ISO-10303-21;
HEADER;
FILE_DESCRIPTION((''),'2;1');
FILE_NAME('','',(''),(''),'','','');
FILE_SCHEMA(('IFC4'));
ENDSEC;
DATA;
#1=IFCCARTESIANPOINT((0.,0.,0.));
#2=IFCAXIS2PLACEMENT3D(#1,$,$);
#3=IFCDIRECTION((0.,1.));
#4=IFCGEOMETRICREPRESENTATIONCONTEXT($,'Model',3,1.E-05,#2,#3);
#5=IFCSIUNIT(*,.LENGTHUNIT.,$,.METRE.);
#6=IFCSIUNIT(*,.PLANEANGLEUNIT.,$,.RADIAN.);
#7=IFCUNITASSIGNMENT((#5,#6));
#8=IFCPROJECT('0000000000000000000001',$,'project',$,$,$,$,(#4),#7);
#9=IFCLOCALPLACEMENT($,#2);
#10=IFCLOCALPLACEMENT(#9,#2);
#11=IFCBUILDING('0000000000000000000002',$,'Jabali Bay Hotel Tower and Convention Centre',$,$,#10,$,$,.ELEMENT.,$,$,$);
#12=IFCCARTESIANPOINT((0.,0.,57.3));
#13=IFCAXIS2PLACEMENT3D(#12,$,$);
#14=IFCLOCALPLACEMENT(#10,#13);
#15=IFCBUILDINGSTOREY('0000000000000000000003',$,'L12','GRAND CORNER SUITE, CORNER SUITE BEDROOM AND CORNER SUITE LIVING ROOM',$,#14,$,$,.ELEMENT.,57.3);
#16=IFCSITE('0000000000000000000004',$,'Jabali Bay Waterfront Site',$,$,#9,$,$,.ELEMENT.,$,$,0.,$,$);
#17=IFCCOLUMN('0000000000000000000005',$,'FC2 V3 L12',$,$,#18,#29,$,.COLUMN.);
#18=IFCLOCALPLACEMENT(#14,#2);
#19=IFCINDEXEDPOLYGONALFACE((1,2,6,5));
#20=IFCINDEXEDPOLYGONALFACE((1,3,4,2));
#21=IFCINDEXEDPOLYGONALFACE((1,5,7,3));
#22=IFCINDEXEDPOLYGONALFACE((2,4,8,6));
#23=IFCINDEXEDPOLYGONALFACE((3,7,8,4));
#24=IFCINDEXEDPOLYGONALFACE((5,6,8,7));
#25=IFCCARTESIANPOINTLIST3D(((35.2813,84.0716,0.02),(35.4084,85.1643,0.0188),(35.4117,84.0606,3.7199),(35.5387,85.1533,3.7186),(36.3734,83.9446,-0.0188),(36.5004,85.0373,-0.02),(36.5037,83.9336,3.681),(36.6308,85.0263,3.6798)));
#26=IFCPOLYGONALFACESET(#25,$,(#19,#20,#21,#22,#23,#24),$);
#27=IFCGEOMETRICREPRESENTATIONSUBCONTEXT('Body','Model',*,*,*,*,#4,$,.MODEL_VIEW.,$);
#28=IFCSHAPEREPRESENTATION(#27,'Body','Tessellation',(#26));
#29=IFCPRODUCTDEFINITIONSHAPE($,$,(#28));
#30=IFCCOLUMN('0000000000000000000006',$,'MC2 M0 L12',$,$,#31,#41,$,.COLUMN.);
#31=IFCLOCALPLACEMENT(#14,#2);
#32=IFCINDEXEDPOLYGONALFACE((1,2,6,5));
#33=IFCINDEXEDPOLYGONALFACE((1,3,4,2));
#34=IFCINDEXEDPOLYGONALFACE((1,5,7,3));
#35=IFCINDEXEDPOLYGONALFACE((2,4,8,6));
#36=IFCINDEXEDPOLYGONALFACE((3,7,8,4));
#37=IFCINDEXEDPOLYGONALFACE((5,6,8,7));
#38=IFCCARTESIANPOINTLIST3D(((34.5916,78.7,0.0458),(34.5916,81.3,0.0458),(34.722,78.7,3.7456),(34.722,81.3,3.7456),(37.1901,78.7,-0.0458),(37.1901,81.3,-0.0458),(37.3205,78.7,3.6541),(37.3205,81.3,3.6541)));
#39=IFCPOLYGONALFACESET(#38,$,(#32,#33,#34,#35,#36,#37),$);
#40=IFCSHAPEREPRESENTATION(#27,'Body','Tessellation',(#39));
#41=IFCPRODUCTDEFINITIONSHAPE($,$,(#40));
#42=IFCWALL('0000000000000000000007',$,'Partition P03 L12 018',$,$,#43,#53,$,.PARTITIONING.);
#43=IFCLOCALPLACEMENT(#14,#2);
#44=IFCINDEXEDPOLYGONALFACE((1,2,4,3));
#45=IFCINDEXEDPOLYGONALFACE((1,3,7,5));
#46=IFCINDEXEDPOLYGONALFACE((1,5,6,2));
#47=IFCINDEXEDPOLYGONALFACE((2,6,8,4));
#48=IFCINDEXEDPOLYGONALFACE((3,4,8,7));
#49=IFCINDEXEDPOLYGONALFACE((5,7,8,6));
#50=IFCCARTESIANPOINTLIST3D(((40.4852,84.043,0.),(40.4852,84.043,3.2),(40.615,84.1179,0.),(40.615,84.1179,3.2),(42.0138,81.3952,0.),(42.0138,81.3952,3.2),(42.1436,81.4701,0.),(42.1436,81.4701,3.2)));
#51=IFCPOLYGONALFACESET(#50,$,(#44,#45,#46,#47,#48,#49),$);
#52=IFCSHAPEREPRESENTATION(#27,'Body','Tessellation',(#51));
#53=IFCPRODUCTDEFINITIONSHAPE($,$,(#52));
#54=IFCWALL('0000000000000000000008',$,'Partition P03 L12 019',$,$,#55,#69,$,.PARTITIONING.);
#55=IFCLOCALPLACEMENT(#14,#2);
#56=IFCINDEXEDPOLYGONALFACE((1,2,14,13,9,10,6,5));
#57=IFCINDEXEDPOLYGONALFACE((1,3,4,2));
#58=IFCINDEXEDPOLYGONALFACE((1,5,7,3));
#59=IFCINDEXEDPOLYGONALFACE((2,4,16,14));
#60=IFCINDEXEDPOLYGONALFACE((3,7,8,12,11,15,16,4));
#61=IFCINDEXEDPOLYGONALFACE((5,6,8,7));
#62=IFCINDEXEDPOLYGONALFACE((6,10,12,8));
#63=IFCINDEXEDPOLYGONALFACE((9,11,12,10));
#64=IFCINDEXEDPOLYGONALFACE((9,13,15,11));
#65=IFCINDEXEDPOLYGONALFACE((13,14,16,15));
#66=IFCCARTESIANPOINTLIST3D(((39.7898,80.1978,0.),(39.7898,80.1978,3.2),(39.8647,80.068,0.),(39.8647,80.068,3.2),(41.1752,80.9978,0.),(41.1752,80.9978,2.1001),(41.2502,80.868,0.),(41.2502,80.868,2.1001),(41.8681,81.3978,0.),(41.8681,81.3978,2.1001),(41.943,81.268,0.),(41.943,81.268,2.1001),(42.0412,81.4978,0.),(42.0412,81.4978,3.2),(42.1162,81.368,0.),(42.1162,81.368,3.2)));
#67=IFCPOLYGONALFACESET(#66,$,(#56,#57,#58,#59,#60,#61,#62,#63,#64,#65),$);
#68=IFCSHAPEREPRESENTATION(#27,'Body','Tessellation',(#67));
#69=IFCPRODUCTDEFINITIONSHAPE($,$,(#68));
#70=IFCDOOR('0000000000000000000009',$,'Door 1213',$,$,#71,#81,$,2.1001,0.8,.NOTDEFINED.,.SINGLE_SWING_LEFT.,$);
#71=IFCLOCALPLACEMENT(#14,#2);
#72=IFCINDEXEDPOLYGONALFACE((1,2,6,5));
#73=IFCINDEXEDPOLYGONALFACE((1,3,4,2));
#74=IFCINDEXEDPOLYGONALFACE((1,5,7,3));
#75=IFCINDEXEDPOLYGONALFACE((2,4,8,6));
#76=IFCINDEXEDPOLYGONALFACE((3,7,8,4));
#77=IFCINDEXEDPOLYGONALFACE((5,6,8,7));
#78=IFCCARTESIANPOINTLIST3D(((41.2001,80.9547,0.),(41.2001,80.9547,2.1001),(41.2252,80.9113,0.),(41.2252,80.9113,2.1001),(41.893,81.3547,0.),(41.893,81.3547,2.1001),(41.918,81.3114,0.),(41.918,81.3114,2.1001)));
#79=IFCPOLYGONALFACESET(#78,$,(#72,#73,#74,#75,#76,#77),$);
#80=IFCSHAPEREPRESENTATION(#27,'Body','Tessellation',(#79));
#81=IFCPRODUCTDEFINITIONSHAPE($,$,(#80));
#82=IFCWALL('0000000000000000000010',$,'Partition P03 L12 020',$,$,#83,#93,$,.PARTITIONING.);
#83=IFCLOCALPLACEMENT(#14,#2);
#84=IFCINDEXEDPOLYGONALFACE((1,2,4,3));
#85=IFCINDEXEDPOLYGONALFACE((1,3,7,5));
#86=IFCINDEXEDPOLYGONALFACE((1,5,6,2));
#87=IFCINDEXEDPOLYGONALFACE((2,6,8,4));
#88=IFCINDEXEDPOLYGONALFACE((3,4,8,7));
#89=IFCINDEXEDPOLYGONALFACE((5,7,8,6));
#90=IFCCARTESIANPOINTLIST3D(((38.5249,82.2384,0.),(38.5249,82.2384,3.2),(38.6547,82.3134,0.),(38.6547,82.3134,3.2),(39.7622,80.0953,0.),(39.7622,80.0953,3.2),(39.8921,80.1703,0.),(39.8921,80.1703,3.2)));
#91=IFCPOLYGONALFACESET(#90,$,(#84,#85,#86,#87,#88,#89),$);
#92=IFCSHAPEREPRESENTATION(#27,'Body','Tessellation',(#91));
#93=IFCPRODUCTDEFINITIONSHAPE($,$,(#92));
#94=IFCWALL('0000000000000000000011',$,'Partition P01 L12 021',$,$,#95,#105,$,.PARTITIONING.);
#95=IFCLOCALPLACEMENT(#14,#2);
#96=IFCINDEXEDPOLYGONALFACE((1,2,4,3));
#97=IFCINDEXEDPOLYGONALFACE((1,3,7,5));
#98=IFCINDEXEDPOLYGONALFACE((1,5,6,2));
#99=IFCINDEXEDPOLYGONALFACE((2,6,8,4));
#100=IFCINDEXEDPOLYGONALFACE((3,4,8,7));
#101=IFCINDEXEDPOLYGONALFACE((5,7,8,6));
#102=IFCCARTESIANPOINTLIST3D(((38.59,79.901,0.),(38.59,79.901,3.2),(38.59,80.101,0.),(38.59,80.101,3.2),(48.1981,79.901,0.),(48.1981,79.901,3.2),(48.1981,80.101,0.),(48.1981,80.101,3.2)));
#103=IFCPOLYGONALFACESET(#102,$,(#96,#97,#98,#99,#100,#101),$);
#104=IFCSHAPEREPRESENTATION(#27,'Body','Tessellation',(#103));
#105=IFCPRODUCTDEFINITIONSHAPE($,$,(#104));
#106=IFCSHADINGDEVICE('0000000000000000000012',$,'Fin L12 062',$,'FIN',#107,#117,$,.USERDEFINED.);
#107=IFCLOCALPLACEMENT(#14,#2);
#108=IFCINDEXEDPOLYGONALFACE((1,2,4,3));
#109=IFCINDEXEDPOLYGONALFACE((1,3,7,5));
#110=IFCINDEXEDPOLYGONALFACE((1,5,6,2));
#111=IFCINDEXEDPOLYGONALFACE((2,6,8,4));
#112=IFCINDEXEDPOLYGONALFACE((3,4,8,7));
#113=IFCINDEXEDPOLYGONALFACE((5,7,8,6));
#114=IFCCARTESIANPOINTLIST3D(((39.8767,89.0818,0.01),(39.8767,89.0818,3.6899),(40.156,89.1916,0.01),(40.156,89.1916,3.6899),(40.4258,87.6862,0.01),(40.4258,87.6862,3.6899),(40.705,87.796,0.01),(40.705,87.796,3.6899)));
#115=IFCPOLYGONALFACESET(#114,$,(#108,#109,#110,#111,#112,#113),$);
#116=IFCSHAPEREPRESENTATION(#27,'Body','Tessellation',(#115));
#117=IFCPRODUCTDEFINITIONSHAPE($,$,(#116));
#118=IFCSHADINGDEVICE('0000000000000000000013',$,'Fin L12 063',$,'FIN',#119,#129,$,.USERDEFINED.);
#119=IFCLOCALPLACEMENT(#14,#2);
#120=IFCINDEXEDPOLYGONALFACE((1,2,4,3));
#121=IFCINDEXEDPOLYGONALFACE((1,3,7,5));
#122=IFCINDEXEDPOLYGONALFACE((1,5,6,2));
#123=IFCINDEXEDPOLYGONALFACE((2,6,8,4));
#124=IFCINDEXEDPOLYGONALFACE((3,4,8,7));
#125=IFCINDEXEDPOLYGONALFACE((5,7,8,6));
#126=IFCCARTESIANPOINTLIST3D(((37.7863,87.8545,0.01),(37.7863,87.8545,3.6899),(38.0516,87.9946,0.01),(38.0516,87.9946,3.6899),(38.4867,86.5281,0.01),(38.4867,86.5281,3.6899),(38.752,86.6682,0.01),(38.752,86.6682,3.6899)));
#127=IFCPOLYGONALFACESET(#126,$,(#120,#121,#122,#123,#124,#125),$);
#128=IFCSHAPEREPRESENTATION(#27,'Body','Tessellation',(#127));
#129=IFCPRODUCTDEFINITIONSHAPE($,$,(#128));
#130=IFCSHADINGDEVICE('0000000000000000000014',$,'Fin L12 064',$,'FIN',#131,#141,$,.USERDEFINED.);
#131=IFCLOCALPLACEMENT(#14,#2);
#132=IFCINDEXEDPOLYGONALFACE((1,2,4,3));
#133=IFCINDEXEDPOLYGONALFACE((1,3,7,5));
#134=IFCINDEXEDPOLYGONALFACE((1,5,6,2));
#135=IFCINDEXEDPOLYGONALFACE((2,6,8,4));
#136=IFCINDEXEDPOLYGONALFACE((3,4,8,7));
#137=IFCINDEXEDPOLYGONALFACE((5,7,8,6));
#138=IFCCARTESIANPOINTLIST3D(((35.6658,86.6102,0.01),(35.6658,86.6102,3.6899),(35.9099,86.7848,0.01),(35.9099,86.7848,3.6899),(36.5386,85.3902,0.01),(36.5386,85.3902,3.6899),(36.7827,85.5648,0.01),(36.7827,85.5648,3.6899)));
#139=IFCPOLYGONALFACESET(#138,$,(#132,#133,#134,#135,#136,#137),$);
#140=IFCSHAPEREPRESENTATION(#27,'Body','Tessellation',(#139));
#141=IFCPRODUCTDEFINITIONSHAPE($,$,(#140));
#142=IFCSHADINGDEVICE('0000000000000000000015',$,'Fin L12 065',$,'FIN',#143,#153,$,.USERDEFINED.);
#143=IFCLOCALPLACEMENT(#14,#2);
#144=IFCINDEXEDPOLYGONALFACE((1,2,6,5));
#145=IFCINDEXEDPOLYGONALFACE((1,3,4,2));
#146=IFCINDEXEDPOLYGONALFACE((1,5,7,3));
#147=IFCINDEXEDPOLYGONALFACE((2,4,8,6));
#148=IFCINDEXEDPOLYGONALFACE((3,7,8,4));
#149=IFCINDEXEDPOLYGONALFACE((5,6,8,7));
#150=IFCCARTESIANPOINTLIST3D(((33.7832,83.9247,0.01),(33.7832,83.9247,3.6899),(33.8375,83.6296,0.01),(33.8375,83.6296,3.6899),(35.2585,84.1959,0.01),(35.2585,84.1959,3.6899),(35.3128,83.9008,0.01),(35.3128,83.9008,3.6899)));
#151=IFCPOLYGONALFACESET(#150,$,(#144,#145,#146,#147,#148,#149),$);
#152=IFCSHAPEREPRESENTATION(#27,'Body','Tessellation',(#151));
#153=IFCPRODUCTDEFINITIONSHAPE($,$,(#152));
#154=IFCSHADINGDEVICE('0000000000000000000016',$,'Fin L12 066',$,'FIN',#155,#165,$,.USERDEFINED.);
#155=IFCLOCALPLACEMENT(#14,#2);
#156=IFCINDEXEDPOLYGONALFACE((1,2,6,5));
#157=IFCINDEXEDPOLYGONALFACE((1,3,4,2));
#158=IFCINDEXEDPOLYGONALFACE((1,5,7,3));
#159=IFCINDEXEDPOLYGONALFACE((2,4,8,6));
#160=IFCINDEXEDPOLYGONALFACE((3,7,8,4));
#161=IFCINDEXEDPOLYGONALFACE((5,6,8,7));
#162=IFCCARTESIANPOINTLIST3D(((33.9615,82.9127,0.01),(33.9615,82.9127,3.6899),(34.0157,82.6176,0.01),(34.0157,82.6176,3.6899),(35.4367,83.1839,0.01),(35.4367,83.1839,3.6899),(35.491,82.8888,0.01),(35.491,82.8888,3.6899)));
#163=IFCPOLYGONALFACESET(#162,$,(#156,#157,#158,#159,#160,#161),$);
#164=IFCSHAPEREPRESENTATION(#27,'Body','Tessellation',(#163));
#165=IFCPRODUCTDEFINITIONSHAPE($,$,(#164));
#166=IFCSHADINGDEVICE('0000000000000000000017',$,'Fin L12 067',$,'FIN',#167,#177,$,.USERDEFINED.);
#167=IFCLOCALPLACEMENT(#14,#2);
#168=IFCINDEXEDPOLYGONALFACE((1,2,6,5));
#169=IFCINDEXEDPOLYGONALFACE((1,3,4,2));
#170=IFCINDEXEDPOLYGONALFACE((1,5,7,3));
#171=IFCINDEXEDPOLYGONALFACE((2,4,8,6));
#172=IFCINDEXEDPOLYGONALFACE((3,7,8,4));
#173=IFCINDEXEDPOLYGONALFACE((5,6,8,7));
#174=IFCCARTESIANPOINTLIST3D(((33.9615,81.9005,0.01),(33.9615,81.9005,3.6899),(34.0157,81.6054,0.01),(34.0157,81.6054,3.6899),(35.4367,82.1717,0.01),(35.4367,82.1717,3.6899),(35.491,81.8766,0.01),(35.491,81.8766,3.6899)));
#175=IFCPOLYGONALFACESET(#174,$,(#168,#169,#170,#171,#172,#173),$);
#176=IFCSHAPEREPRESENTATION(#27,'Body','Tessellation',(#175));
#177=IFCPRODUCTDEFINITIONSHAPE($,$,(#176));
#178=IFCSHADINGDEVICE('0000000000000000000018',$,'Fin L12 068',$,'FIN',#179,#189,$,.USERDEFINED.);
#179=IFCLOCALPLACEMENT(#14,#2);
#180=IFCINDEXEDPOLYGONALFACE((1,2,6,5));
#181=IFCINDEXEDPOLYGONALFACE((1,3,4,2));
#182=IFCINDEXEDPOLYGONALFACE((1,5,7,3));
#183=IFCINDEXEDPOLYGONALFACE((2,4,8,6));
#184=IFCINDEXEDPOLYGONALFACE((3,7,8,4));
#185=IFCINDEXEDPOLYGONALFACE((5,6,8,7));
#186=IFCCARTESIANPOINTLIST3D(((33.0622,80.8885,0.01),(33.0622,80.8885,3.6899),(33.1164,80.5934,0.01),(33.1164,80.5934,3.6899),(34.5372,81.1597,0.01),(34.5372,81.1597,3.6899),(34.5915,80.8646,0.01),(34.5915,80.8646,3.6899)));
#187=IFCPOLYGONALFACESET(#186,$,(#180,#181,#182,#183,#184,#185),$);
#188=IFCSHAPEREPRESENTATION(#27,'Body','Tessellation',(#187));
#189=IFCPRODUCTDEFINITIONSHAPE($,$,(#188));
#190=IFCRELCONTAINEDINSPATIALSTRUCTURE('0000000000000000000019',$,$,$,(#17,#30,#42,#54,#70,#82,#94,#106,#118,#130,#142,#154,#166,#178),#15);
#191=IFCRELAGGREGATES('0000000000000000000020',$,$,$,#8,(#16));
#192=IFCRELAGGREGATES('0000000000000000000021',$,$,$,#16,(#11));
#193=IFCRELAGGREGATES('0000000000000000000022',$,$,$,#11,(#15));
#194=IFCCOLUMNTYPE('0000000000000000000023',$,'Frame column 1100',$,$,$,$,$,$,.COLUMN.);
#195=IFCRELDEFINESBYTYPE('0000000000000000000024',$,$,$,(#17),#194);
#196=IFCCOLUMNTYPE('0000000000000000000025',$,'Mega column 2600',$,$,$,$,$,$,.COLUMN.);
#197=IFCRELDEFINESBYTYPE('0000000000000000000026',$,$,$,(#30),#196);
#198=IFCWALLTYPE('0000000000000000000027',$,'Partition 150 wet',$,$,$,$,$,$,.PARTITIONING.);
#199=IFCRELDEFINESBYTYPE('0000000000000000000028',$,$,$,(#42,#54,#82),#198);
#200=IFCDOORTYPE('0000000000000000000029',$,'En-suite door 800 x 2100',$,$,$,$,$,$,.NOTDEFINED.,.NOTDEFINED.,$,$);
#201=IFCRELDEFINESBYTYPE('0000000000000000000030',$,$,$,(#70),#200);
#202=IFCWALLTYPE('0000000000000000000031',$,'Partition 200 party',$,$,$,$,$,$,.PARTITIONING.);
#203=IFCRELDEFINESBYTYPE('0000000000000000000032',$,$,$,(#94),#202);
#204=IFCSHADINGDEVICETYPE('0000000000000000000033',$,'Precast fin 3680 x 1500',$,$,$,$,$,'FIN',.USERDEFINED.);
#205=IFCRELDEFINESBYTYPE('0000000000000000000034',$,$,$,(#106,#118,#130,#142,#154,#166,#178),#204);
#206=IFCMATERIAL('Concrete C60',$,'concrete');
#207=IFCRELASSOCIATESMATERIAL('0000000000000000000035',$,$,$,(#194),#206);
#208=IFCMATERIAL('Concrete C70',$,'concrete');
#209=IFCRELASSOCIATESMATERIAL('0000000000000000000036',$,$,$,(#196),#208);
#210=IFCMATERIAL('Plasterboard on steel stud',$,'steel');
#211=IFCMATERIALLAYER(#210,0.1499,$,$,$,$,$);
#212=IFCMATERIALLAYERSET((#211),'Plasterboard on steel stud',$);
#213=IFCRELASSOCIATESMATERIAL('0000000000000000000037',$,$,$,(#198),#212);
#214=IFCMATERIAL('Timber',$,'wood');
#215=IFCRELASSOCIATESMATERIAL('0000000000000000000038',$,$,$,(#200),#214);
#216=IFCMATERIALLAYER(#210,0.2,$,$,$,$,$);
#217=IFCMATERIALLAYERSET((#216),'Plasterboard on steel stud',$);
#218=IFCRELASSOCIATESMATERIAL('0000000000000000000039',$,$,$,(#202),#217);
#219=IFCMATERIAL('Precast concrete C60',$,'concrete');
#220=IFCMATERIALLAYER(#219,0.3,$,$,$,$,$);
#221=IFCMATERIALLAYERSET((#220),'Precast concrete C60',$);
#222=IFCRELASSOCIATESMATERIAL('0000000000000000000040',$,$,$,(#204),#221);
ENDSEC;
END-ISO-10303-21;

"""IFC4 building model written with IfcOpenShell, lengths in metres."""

from ifc_helpers import new_model, si_unit, direction, frame, frame_2d, origin, origin_2d, place, context, subcontext, project, spatial, rectangle, extrude, material, layer, layer_set, material_profile, profile_set, type_object, element, fill, save


model = new_model("IFC4")

# Units and contexts
model_context = context("Model", 3, precision=1e-05, world=origin(), true_north=direction((0.0, 1.0)))
body_context = subcontext(model_context, "Body", "Model", "MODEL_VIEW")
ifc_project = project(units=[si_unit("LENGTHUNIT", "METRE"), si_unit("PLANEANGLEUNIT", "RADIAN")], contexts=[model_context])

# Site, building, storey
site_placement = place(None, origin())
site = spatial("IfcSite", under=ifc_project, at=site_placement, Name="Jabali Bay Waterfront Site", CompositionType="ELEMENT", RefElevation=0.0)
building_placement = place(site_placement, origin())
building = spatial("IfcBuilding", under=site, at=building_placement, Name="Jabali Bay Hotel Tower and Convention Centre", CompositionType="ELEMENT")
storey_placement = place(building_placement, frame((0.0, 0.0, 57.3)))
storey = spatial("IfcBuildingStorey", under=building, at=storey_placement, Name="L12", Description="GRAND CORNER SUITE, CORNER SUITE BEDROOM AND CORNER SUITE LIVING ROOM", CompositionType="ELEMENT", Elevation=57.3)

# Columns
ifc_material_1 = material(Name="Concrete C60", Category="concrete")
ifc_material_profile_1 = material_profile(ifc_material_1, rectangle(XDim=1.1001, YDim=1.1001, at=origin_2d()), Name="Frame column 1100")
ifc_profile_set_1 = profile_set([ifc_material_profile_1], Name="Concrete C60")
column_type_1 = type_object("IfcColumnType", Name="Frame column 1100", PredefinedType="COLUMN", material=ifc_profile_set_1)
column_1_placement = place(storey_placement, frame((35.8909, 84.5544, 0.0), z_axis=(0.035214, -0.002967, 0.999375), x_axis=(-0.992684, 0.115458, 0.035321)))
element("IfcColumn", 1, at=column_1_placement, inside=storey, type_object=column_type_1, Name="FC2 V3 L12", PredefinedType="COLUMN", context=body_context, shape_type="SweptSolid", body=[
    extrude(rectangle(XDim=1.1001, YDim=1.1001, at=origin_2d()), origin(), (0.0, 0.0, 1.0), 3.7021),
])
ifc_material_2 = material(Name="Concrete C70", Category="concrete")
ifc_material_profile_2 = material_profile(ifc_material_2, rectangle(XDim=2.6001, YDim=2.6001, at=origin_2d()), Name="Mega column 2600")
ifc_profile_set_2 = profile_set([ifc_material_profile_2], Name="Concrete C70")
column_type_2 = type_object("IfcColumnType", Name="Mega column 2600", PredefinedType="COLUMN", material=ifc_profile_set_2)
column_2_placement = place(storey_placement, frame((35.8909, 80.0, 0.0), z_axis=(0.035214, 0.0, 0.99938), x_axis=(0.0, 1.0, 0.0)))
element("IfcColumn", 2, at=column_2_placement, inside=storey, type_object=column_type_2, Name="MC2 M0 L12", PredefinedType="COLUMN", context=body_context, shape_type="SweptSolid", body=[
    extrude(rectangle(XDim=2.6001, YDim=2.6001, at=origin_2d()), origin(), (0.0, 0.0, 1.0), 3.7021),
])

# Wall
ifc_material_3 = material(Name="Plasterboard on steel stud", Category="steel")
ifc_layer_1 = layer(ifc_material_3, 0.1499)
ifc_layer_set_1 = layer_set([ifc_layer_1], Name="Plasterboard on steel stud")
wall_type_1 = type_object("IfcWallType", Name="Partition 150 wet", PredefinedType="PARTITIONING", material=ifc_layer_set_1)
wall_1_placement = place(storey_placement, frame((40.55, 84.0806, 0.0), z_axis=(0.0, 0.0, 1.0), x_axis=(0.499978, -0.866038, 0.0)))
element("IfcWall", 3, at=wall_1_placement, inside=storey, type_object=wall_type_1, Name="Partition P03 L12 018", PredefinedType="PARTITIONING", context=body_context, shape_type="SweptSolid", body=[
    extrude(rectangle(XDim=3.0574, YDim=0.1499, at=frame_2d((1.5288, 0.0))), origin(), (0.0, 0.0, 1.0), 3.2),
])

# Wall, opening, door
wall_2_placement = place(storey_placement, frame((42.0786, 81.4329, 0.0), z_axis=(0.0, 0.0, 1.0), x_axis=(-0.865998, -0.500048, 0.0)))
wall_2 = element("IfcWall", 4, at=wall_2_placement, inside=storey, type_object=wall_type_1, Name="Partition P03 L12 019", PredefinedType="PARTITIONING", context=body_context, shape_type="SweptSolid", body=[
    extrude(rectangle(XDim=2.5999, YDim=0.1499, at=frame_2d((1.2998, 0.0))), origin(), (0.0, 0.0, 1.0), 3.2),
])
opening_1_placement = place(wall_2_placement, frame((0.2, 0.0, 0.0)))
opening_1 = element("IfcOpeningElement", 5, at=opening_1_placement, cuts=wall_2, PredefinedType="OPENING", context=body_context, shape_type="SweptSolid", body=[
    extrude(rectangle(XDim=0.8, YDim=2.1001, at=frame_2d((0.3999, 1.05))), frame((0.0, 0.0854, 0.0), z_axis=(0.0, -1.0, 0.0), x_axis=(1.0, 0.0, 0.0)), (0.0, 0.0, 1.0), 0.1709),
])
ifc_material_4 = material(Name="Timber", Category="wood")
door_type_1 = type_object("IfcDoorType", Name="En-suite door 800 x 2100", OperationType="NOTDEFINED", PredefinedType="NOTDEFINED", material=ifc_material_4)
door_1_placement = place(opening_1_placement, origin())
door_1 = element("IfcDoor", 6, at=door_1_placement, inside=storey, type_object=door_type_1, Name="Door 1213", OperationType="SINGLE_SWING_LEFT", OverallHeight=2.1001, OverallWidth=0.8, PredefinedType="NOTDEFINED", context=body_context, shape_type="SweptSolid", body=[
    extrude(rectangle(XDim=0.8, YDim=2.1001, at=frame_2d((0.3999, 1.05))), frame((0.0, 0.0249, 0.0), z_axis=(0.0, -1.0, 0.0), x_axis=(1.0, 0.0, 0.0)), (0.0, 0.0, 1.0), 0.05),
])
fill(opening_1, door_1)

# Walls
wall_3_placement = place(storey_placement, frame((39.8271, 80.1328, 0.0), z_axis=(0.0, 0.0, 1.0), x_axis=(-0.500001, 0.866025, 0.0)))
element("IfcWall", 7, at=wall_3_placement, inside=storey, type_object=wall_type_1, Name="Partition P03 L12 020", PredefinedType="PARTITIONING", context=body_context, shape_type="SweptSolid", body=[
    extrude(rectangle(XDim=2.4746, YDim=0.1499, at=frame_2d((1.2373, 0.0))), origin(), (0.0, 0.0, 1.0), 3.2),
])
ifc_layer_2 = layer(ifc_material_3, 0.2)
ifc_layer_set_2 = layer_set([ifc_layer_2], Name="Plasterboard on steel stud")
wall_type_2 = type_object("IfcWallType", Name="Partition 200 party", PredefinedType="PARTITIONING", material=ifc_layer_set_2)
wall_4_placement = place(storey_placement, frame((38.5898, 80.001, 0.0), z_axis=(0.0, 0.0, 1.0), x_axis=(1.0, 0.0, 0.0)))
element("IfcWall", 8, at=wall_4_placement, inside=storey, type_object=wall_type_2, Name="Partition P01 L12 021", PredefinedType="PARTITIONING", context=body_context, shape_type="SweptSolid", body=[
    extrude(rectangle(XDim=9.6082, YDim=0.2, at=frame_2d((4.8042, 0.0))), origin(), (0.0, 0.0, 1.0), 3.2),
])

# Shading devices
ifc_material_5 = material(Name="Precast concrete C60", Category="concrete")
ifc_layer_3 = layer(ifc_material_5, 0.3)
ifc_layer_set_3 = layer_set([ifc_layer_3], Name="Precast concrete C60")
shading_device_type = type_object("IfcShadingDeviceType", Name="Precast fin 3680 x 1500", ElementType="FIN", PredefinedType="USERDEFINED", material=ifc_layer_set_3)
shading_device_placement = place(storey_placement, frame((40.5654, 87.741, 0.01), z_axis=(0.0, 0.0, 1.0), x_axis=(-0.36608, 0.930583, 0.0)))
element("IfcShadingDevice", 9, at=shading_device_placement, inside=storey, type_object=shading_device_type, Name="Fin L12 062", ObjectType="FIN", PredefinedType="USERDEFINED", context=body_context, shape_type="SweptSolid", body=[
    extrude(rectangle(XDim=1.4998, YDim=0.3, at=frame_2d((0.75, 0.0))), origin(), (0.0, 0.0, 1.0), 3.6799),
])
for number, where, z_axis, x_axis, name in (
    (10, (38.6194, 86.5981, 0.01), (0.0, 0.0, 1.0), (-0.46696, 0.884278, 0.0), "Fin L12 063"),
    (11, (36.6606, 85.4775, 0.01), (0.0, 0.0, 1.0), (-0.581854, 0.813293, 0.0), "Fin L12 064"),
    (12, (35.2856, 84.0483, 0.01), (0.0, 0.0, 1.0), (-0.983516, -0.180819, 0.0), "Fin L12 065"),
    (13, (35.4639, 83.0364, 0.01), (0.0, 0.0, 1.0), (-0.983516, -0.180819, 0.0), "Fin L12 066"),
    (14, (35.4639, 82.0242, 0.01), (0.0, 0.0, 1.0), (-0.983516, -0.180819, 0.0), "Fin L12 067"),
):
    element("IfcShadingDevice", number, at=place(storey_placement, frame(where, z_axis=z_axis, x_axis=x_axis)), inside=storey, type_object=shading_device_type, Name=name, ObjectType="FIN", PredefinedType="USERDEFINED", context=body_context, shape_type="SweptSolid", body=[
        extrude(rectangle(XDim=1.5, YDim=0.3, at=frame_2d((0.75, 0.0))), origin(), (0.0, 0.0, 1.0), 3.6799),
    ])
for number, where, z_axis, x_axis, name in (
    (15, (34.5645, 81.0122, 0.01), (0.0, 0.0, 1.0), (-0.983511, -0.180848, 0.0), "Fin L12 068"),
):
    element("IfcShadingDevice", number, at=place(storey_placement, frame(where, z_axis=z_axis, x_axis=x_axis)), inside=storey, type_object=shading_device_type, Name=name, ObjectType="FIN", PredefinedType="USERDEFINED", context=body_context, shape_type="SweptSolid", body=[
        extrude(rectangle(XDim=1.4998, YDim=0.3, at=frame_2d((0.75, 0.0))), origin(), (0.0, 0.0, 1.0), 3.6799),
    ])

save(model, "model.ifc")
